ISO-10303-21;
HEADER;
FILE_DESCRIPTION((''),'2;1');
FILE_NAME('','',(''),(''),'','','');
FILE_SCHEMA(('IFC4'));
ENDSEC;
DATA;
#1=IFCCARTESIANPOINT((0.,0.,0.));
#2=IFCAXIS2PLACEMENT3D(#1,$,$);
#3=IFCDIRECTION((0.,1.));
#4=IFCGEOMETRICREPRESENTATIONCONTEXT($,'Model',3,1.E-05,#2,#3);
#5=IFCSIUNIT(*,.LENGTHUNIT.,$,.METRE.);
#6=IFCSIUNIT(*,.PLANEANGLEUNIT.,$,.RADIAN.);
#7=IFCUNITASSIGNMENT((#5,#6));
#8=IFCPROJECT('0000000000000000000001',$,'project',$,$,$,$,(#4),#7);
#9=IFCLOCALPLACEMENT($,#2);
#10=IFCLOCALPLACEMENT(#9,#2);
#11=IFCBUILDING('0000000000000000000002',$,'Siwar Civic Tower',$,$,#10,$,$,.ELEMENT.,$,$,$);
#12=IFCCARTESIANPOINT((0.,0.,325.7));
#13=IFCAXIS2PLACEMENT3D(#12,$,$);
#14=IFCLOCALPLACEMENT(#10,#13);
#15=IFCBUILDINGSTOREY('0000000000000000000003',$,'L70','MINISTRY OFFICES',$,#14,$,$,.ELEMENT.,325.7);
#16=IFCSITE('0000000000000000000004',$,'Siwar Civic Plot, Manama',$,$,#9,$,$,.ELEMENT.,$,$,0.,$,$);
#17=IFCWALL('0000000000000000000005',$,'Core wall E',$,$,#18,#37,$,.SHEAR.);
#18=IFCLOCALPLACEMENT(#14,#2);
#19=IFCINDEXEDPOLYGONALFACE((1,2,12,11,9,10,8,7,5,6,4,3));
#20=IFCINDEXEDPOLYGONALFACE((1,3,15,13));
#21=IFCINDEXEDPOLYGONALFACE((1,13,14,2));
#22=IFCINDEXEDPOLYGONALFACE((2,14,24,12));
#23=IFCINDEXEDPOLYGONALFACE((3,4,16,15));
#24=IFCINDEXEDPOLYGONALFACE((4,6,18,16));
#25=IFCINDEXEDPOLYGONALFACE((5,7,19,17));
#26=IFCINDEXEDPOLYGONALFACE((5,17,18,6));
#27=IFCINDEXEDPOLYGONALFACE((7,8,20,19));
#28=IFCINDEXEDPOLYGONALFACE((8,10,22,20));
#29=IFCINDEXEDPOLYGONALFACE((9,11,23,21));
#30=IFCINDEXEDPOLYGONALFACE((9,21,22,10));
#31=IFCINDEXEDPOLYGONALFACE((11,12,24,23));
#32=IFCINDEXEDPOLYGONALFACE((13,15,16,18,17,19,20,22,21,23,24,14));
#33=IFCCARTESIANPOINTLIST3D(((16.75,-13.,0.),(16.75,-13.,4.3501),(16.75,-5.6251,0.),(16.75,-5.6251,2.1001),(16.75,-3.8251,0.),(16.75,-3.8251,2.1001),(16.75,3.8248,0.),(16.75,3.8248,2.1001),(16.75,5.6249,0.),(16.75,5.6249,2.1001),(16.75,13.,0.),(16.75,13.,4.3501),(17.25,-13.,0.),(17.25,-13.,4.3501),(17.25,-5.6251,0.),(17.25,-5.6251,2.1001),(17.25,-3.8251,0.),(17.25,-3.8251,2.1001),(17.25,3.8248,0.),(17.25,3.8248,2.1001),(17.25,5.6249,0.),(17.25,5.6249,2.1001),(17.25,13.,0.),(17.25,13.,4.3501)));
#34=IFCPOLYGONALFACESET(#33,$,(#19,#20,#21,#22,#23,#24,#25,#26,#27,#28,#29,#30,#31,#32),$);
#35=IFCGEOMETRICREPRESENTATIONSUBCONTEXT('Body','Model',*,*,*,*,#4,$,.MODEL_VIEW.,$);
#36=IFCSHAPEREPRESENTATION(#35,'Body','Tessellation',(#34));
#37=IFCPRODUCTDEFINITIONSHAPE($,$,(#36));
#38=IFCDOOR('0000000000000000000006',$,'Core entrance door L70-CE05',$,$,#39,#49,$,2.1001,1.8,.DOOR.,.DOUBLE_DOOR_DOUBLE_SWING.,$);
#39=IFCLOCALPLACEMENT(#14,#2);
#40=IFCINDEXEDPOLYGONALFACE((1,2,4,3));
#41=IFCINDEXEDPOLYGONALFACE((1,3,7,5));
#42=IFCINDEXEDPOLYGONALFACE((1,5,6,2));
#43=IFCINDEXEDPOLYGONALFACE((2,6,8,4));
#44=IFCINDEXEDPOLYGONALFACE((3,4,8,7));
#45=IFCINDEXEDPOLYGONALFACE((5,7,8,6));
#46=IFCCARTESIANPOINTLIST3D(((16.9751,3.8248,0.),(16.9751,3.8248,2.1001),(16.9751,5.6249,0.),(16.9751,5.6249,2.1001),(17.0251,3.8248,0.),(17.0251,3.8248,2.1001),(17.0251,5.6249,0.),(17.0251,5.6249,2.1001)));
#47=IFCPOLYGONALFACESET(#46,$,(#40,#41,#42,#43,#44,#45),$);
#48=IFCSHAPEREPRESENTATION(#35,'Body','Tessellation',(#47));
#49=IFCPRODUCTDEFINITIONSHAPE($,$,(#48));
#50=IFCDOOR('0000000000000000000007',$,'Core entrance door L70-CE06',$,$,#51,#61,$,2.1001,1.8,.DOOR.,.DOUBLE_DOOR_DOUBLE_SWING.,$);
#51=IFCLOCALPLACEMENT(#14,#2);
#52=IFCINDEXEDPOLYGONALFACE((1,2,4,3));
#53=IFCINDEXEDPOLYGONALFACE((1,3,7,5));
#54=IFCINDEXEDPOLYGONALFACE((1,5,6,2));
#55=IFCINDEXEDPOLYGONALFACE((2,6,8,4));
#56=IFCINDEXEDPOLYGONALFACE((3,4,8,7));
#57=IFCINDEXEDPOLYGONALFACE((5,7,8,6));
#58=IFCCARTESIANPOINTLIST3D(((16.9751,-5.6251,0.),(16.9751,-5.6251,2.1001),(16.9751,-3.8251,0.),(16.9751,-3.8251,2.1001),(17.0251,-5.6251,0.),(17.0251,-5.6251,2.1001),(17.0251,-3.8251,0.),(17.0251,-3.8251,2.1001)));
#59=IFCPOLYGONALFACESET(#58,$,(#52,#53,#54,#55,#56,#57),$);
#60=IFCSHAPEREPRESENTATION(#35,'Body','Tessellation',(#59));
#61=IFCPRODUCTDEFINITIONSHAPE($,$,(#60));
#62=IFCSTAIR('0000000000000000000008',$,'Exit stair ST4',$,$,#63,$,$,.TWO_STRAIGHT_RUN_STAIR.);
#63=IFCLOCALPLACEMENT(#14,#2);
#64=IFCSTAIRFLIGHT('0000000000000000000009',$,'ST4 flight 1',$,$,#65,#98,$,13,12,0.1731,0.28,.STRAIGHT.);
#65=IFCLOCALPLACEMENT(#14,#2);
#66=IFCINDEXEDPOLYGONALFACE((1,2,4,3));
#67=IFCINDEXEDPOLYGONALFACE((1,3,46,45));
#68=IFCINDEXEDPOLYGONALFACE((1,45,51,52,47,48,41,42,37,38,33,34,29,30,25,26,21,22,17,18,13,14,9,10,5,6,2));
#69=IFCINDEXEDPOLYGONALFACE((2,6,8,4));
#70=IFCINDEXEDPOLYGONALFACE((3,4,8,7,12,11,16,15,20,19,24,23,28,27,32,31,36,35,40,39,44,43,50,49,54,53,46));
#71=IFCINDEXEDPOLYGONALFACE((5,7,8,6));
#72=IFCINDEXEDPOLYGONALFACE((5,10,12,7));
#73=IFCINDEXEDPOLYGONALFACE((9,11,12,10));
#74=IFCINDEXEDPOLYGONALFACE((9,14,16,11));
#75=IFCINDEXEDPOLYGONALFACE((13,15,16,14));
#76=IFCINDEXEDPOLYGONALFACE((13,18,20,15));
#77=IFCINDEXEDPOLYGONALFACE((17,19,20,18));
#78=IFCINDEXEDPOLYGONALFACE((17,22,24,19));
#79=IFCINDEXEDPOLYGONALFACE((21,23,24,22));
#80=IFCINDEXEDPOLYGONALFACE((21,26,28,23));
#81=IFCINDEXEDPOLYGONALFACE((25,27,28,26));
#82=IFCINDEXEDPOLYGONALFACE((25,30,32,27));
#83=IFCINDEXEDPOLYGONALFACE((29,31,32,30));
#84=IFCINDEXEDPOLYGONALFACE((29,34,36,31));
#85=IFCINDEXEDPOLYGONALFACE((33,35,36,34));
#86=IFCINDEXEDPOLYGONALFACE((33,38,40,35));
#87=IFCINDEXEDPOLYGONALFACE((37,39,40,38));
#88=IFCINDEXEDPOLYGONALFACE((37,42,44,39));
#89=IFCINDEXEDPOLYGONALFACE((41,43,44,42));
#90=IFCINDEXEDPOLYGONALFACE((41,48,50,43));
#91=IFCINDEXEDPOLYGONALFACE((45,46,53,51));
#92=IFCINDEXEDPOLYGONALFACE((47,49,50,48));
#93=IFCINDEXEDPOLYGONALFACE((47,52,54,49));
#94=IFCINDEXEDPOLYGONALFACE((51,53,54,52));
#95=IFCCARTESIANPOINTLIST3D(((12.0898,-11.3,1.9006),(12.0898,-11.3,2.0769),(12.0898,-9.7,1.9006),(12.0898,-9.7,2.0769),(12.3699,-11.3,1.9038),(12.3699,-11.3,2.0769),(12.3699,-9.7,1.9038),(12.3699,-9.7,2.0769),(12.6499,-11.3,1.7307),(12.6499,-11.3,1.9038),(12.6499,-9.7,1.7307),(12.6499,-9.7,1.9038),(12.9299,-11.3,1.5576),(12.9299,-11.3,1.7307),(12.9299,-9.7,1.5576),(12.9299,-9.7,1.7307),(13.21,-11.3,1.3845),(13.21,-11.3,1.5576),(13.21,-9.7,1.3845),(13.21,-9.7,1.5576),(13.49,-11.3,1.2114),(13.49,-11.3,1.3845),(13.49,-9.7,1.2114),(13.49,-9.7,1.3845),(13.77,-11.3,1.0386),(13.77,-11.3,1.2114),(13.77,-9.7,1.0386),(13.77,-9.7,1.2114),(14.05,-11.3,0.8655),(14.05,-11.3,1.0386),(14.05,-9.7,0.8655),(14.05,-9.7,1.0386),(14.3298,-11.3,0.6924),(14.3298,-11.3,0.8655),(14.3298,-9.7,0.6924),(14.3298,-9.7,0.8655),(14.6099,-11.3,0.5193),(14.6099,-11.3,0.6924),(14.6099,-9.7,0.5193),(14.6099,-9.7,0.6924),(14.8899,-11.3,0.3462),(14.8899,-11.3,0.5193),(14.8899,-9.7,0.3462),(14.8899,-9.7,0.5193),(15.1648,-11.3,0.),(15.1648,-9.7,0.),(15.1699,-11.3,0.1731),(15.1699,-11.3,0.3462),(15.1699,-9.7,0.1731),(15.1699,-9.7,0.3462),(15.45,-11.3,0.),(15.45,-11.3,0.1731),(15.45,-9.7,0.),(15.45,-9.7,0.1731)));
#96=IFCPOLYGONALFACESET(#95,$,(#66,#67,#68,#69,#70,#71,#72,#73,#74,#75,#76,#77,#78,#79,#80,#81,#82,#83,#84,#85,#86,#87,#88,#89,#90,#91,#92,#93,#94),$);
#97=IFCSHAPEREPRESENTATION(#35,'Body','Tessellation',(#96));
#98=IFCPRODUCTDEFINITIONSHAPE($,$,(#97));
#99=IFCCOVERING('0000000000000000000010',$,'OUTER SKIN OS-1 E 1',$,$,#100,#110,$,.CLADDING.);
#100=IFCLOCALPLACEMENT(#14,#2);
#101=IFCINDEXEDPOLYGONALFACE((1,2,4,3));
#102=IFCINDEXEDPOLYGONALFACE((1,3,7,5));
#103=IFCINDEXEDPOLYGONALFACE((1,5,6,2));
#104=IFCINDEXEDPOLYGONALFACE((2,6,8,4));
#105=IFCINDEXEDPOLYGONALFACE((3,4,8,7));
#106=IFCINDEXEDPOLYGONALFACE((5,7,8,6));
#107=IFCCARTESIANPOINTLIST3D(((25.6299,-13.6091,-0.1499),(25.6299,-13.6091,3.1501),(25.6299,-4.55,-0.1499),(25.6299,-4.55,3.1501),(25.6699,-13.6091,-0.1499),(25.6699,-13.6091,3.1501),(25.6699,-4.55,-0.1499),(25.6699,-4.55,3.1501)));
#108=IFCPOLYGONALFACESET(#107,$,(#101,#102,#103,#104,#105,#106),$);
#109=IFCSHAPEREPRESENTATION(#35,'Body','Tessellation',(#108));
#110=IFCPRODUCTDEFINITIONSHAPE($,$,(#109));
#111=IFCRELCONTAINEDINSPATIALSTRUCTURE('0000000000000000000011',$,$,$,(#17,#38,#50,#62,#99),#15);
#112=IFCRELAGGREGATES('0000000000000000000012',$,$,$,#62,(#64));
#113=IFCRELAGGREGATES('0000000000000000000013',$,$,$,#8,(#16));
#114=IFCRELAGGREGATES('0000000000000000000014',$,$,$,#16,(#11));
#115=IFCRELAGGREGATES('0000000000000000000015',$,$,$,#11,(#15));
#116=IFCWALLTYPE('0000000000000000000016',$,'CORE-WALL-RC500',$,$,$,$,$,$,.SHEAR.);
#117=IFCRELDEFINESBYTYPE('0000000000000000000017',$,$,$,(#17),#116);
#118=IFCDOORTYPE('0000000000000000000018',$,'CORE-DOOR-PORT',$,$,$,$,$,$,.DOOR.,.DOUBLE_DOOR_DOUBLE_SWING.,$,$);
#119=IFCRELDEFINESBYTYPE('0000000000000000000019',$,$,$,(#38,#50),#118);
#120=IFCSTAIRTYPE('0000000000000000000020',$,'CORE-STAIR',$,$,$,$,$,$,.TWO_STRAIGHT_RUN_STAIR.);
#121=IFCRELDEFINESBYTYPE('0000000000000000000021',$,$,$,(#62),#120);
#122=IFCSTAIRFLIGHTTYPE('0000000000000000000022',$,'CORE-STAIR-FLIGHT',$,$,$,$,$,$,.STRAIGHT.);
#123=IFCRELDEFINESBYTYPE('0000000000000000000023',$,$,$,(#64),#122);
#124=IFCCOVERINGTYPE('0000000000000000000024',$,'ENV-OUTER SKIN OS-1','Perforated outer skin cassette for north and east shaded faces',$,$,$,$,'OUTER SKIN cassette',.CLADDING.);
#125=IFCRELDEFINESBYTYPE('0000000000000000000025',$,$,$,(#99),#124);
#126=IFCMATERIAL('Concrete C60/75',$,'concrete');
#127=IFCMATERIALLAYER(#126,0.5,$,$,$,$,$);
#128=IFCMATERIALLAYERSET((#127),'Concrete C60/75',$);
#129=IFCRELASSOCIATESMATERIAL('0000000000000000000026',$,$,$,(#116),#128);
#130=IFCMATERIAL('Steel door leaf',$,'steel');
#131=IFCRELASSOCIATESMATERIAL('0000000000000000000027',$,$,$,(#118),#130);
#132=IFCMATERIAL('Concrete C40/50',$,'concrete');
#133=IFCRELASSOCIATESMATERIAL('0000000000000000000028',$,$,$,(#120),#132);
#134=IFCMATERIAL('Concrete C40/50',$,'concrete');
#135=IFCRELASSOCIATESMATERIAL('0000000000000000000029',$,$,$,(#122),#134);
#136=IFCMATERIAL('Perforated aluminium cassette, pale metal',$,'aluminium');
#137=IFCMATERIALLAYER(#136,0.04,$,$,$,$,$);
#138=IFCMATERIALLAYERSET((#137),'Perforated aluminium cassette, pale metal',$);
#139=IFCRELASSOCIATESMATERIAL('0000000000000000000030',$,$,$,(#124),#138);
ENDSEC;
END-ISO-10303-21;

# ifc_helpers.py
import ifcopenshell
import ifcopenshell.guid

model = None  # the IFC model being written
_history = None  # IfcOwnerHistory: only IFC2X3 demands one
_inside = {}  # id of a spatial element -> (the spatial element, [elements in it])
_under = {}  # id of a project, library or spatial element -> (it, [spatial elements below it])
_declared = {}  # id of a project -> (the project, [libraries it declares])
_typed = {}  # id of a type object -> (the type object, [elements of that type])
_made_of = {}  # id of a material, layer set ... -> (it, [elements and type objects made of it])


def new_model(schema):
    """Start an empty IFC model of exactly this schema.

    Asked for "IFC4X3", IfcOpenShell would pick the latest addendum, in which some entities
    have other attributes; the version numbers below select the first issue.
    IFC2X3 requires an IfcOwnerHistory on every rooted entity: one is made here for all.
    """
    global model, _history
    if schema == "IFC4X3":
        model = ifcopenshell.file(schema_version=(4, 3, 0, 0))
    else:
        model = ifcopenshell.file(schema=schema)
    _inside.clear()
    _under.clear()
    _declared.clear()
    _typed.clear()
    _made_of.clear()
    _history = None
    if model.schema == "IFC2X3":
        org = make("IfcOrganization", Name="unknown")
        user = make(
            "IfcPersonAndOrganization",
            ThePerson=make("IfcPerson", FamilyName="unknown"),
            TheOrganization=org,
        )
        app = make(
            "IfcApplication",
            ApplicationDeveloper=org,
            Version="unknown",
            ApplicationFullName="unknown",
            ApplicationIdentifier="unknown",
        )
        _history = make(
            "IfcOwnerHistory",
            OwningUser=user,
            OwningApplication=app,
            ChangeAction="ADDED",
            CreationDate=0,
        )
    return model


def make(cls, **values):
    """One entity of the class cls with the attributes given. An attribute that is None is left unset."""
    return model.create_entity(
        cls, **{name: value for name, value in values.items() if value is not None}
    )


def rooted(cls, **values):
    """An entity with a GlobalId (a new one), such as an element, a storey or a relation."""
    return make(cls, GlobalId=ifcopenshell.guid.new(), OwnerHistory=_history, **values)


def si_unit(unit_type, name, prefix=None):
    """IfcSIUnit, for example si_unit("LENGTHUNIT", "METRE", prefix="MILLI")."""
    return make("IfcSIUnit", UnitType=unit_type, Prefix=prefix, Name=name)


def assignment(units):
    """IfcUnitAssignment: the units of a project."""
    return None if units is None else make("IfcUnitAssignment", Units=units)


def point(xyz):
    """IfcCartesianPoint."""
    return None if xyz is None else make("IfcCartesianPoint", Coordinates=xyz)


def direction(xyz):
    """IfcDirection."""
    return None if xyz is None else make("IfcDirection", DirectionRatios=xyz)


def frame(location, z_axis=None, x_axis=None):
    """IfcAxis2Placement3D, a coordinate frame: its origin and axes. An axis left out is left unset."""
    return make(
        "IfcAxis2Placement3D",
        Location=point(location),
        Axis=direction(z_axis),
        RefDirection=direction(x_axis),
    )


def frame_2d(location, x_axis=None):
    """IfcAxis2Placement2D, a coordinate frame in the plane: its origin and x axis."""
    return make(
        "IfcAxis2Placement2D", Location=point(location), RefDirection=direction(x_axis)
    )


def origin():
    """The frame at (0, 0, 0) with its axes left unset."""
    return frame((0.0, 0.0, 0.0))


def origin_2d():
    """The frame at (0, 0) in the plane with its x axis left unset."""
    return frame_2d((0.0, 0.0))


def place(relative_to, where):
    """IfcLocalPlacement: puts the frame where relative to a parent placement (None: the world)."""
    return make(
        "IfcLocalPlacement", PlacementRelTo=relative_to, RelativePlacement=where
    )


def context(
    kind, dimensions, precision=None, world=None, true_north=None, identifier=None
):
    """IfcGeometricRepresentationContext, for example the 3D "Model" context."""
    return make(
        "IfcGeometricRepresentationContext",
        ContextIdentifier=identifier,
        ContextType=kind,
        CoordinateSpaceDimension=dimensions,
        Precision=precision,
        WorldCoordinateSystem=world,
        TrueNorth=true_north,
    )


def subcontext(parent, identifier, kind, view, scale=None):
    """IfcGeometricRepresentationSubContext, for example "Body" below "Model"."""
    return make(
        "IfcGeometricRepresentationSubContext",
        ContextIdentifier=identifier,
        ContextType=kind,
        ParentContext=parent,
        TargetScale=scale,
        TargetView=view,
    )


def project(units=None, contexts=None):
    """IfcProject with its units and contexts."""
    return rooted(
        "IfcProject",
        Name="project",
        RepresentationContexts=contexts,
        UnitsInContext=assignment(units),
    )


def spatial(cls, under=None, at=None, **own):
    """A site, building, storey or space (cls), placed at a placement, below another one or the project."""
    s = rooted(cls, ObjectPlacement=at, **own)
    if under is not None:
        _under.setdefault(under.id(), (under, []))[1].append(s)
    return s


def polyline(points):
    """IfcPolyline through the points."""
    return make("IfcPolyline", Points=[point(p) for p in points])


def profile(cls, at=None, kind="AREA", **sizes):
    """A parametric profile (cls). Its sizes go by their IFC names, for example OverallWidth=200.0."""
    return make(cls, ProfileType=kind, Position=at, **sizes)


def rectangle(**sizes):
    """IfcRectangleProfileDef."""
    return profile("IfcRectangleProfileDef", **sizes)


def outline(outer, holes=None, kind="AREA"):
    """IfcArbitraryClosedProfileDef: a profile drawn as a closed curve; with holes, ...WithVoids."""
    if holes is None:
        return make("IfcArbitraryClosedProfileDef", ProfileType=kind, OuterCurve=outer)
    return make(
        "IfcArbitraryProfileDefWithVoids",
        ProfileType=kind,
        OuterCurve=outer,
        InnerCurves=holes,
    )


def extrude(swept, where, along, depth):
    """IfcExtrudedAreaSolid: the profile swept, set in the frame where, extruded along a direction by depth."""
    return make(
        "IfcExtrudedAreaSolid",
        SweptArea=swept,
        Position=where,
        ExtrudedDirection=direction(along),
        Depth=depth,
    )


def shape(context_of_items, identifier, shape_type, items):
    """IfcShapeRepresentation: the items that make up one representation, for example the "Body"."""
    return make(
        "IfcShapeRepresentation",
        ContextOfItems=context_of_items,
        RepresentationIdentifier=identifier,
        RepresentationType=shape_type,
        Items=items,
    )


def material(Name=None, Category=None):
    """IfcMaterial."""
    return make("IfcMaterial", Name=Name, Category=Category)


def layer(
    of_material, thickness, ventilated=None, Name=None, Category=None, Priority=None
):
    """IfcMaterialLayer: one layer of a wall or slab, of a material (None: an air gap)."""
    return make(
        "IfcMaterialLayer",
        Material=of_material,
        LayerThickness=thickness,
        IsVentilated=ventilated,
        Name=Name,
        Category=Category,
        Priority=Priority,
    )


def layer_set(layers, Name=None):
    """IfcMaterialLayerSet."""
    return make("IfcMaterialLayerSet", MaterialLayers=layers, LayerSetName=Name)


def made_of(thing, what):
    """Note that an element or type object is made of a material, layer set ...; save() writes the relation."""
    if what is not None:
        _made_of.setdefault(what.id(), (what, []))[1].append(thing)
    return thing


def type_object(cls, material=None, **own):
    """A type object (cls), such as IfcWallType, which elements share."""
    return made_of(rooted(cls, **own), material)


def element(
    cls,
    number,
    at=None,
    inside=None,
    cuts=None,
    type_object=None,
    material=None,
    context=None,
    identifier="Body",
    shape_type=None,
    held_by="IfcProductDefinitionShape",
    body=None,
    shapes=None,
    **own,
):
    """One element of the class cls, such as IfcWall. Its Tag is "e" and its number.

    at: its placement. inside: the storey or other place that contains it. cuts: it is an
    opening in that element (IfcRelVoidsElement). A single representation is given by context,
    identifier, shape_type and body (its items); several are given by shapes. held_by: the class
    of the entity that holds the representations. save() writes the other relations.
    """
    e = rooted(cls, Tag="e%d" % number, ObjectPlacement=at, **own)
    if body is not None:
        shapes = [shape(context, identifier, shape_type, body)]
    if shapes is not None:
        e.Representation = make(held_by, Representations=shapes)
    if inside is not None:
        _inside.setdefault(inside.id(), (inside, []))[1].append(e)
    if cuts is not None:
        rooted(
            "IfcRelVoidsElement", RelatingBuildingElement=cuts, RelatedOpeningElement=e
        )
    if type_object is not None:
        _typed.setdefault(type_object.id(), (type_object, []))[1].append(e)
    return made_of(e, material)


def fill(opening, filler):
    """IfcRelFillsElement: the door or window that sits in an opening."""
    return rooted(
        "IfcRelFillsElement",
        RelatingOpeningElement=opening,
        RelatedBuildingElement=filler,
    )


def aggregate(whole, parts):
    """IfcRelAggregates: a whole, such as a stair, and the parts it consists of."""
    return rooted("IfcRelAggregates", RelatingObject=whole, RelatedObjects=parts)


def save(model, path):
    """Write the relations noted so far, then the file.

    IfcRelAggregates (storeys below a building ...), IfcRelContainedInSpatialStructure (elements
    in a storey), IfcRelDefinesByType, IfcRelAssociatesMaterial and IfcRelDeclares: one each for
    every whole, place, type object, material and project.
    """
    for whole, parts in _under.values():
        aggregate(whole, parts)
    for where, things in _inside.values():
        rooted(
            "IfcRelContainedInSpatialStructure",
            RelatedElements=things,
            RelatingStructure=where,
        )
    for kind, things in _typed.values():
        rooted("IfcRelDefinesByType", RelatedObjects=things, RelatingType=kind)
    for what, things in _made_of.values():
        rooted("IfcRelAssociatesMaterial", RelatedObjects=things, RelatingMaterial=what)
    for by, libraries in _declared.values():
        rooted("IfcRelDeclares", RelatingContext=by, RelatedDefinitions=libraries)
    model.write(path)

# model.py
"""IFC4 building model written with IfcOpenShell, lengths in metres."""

from ifc_helpers import new_model, si_unit, direction, frame, frame_2d, origin, origin_2d, place, context, subcontext, project, spatial, polyline, rectangle, outline, extrude, material, layer, layer_set, type_object, element, fill, aggregate, save


model = new_model("IFC4")

# Units and contexts
model_context = context("Model", 3, precision=1e-05, world=origin(), true_north=direction((0.0, 1.0)))
body_context = subcontext(model_context, "Body", "Model", "MODEL_VIEW")
ifc_project = project(units=[si_unit("LENGTHUNIT", "METRE"), si_unit("PLANEANGLEUNIT", "RADIAN")], contexts=[model_context])

# Site, building, storey
site_placement = place(None, origin())
site = spatial("IfcSite", under=ifc_project, at=site_placement, Name="Siwar Civic Plot, Manama", CompositionType="ELEMENT", RefElevation=0.0)
building_placement = place(site_placement, origin())
building = spatial("IfcBuilding", under=site, at=building_placement, Name="Siwar Civic Tower", CompositionType="ELEMENT")
storey_placement = place(building_placement, frame((0.0, 0.0, 325.7)))
storey = spatial("IfcBuildingStorey", under=building, at=storey_placement, Name="L70", Description="MINISTRY OFFICES", CompositionType="ELEMENT", Elevation=325.7)

# Wall, openings, doors
ifc_material_1 = material(Name="Concrete C60/75", Category="concrete")
ifc_layer_1 = layer(ifc_material_1, 0.5)
ifc_layer_set_1 = layer_set([ifc_layer_1], Name="Concrete C60/75")
wall_type_1 = type_object("IfcWallType", Name="CORE-WALL-RC500", PredefinedType="SHEAR", material=ifc_layer_set_1)
wall_1_placement = place(storey_placement, frame((17.0, -13.0, 0.0), z_axis=(0.0, 0.0, 1.0), x_axis=(0.0, 1.0, 0.0)))
wall_1 = element("IfcWall", 1, at=wall_1_placement, inside=storey, type_object=wall_type_1, Name="Core wall E", PredefinedType="SHEAR", context=body_context, shape_type="SweptSolid", body=[
    extrude(rectangle(XDim=26.0, YDim=0.5, at=frame_2d((13.0, 0.0))), origin(), (0.0, 0.0, 1.0), 4.3501),
])
opening_1_placement = place(wall_1_placement, frame((16.825, 0.0, 0.0)))
opening_1 = element("IfcOpeningElement", 2, at=opening_1_placement, cuts=wall_1, PredefinedType="OPENING", context=body_context, shape_type="SweptSolid", body=[
    extrude(rectangle(XDim=1.8, YDim=2.1001, at=frame_2d((0.8999, 1.05))), frame((0.0, 0.26, 0.0), z_axis=(0.0, -1.0, 0.0), x_axis=(1.0, 0.0, 0.0)), (0.0, 0.0, 1.0), 0.52),
])
opening_2_placement = place(wall_1_placement, frame((7.375, 0.0, 0.0)))
opening_2 = element("IfcOpeningElement", 3, at=opening_2_placement, cuts=wall_1, PredefinedType="OPENING", context=body_context, shape_type="SweptSolid", body=[
    extrude(rectangle(XDim=1.8, YDim=2.1001, at=frame_2d((0.8999, 1.05))), frame((0.0, 0.26, 0.0), z_axis=(0.0, -1.0, 0.0), x_axis=(1.0, 0.0, 0.0)), (0.0, 0.0, 1.0), 0.52),
])
ifc_material_2 = material(Name="Steel door leaf", Category="steel")
door_type_1 = type_object("IfcDoorType", Name="CORE-DOOR-PORT", OperationType="DOUBLE_DOOR_DOUBLE_SWING", PredefinedType="DOOR", material=ifc_material_2)
door_1_placement = place(opening_1_placement, origin())
door_1 = element("IfcDoor", 4, at=door_1_placement, inside=storey, type_object=door_type_1, Name="Core entrance door L70-CE05", OperationType="DOUBLE_DOOR_DOUBLE_SWING", OverallHeight=2.1001, OverallWidth=1.8, PredefinedType="DOOR", context=body_context, shape_type="SweptSolid", body=[
    extrude(rectangle(XDim=1.8, YDim=2.1001, at=frame_2d((0.8999, 1.05))), frame((0.0, 0.0249, 0.0), z_axis=(0.0, -1.0, 0.0), x_axis=(1.0, 0.0, 0.0)), (0.0, 0.0, 1.0), 0.05),
])
fill(opening_1, door_1)
door_2_placement = place(opening_2_placement, origin())
door_2 = element("IfcDoor", 5, at=door_2_placement, inside=storey, type_object=door_type_1, Name="Core entrance door L70-CE06", OperationType="DOUBLE_DOOR_DOUBLE_SWING", OverallHeight=2.1001, OverallWidth=1.8, PredefinedType="DOOR", context=body_context, shape_type="SweptSolid", body=[
    extrude(rectangle(XDim=1.8, YDim=2.1001, at=frame_2d((0.8999, 1.05))), frame((0.0, 0.0249, 0.0), z_axis=(0.0, -1.0, 0.0), x_axis=(1.0, 0.0, 0.0)), (0.0, 0.0, 1.0), 0.05),
])
fill(opening_2, door_2)

# Stair, stair flight
ifc_material_3 = material(Name="Concrete C40/50", Category="concrete")
stair_type = type_object("IfcStairType", Name="CORE-STAIR", PredefinedType="TWO_STRAIGHT_RUN_STAIR", material=ifc_material_3)
stair_placement = place(storey_placement, origin())
stair = element("IfcStair", 6, at=stair_placement, inside=storey, type_object=stair_type, Name="Exit stair ST4", PredefinedType="TWO_STRAIGHT_RUN_STAIR")
ifc_material_4 = material(Name="Concrete C40/50", Category="concrete")
stair_flight_type = type_object("IfcStairFlightType", Name="CORE-STAIR-FLIGHT", PredefinedType="STRAIGHT", material=ifc_material_4)
stair_flight_placement = place(storey_placement, frame((15.45, -10.5, 0.0), z_axis=(0.0, 0.0, 1.0), x_axis=(-1.0, 0.0, 0.0)))
stair_flight = element("IfcStairFlight", 7, at=stair_flight_placement, type_object=stair_flight_type, Name="ST4 flight 1", NumberOfRisers=13, NumberOfTreads=12, PredefinedType="STRAIGHT", RiserHeight=0.1731, TreadLength=0.28, context=body_context, shape_type="SweptSolid", body=[
    extrude(outline(polyline([(0.0, 0.0), (0.0, 0.1731), (0.28, 0.1731), (0.28, 0.3462), (0.5601, 0.3462), (0.5601, 0.5193), (0.8401, 0.5193), (0.8401, 0.6924), (1.1201, 0.6924), (1.1201, 0.8655), (1.3999, 0.8655), (1.3999, 1.0386), (1.6799, 1.0386), (1.6799, 1.2114), (1.96, 1.2114), (1.96, 1.3845), (2.24, 1.3845), (2.24, 1.5576), (2.52, 1.5576), (2.52, 1.7307), (2.8, 1.7307), (2.8, 1.9038), (3.0801, 1.9038), (3.0801, 2.0769), (3.3601, 2.0769), (3.3601, 2.25), (3.3601, 1.9006), (0.2852, 0.0), (0.0, 0.0)])), frame((0.0, 0.8, 0.0), z_axis=(0.0, -1.0, 0.0), x_axis=(1.0, 0.0, 0.0)), (0.0, 0.0, 1.0), 1.6001),
])
aggregate(stair, [stair_flight])

# Covering
ifc_material_5 = material(Name="Perforated aluminium cassette, pale metal", Category="aluminium")
ifc_layer_2 = layer(ifc_material_5, 0.04)
ifc_layer_set_2 = layer_set([ifc_layer_2], Name="Perforated aluminium cassette, pale metal")
covering_type = type_object("IfcCoveringType", Name="ENV-OUTER SKIN OS-1", Description="Perforated outer skin cassette for north and east shaded faces", ElementType="OUTER SKIN cassette", PredefinedType="CLADDING", material=ifc_layer_set_2)
covering_placement = place(storey_placement, frame((25.6499, -9.0796, -0.1499), z_axis=(0.0, 0.0, 1.0), x_axis=(0.0, 1.0, 0.0)))
element("IfcCovering", 8, at=covering_placement, inside=storey, type_object=covering_type, Name="OUTER SKIN OS-1 E 1", PredefinedType="CLADDING", context=body_context, shape_type="SweptSolid", body=[
    extrude(rectangle(XDim=9.0591, YDim=0.04, at=origin_2d()), origin(), (0.0, 0.0, 1.0), 3.3),
])

save(model, "model.ifc")
